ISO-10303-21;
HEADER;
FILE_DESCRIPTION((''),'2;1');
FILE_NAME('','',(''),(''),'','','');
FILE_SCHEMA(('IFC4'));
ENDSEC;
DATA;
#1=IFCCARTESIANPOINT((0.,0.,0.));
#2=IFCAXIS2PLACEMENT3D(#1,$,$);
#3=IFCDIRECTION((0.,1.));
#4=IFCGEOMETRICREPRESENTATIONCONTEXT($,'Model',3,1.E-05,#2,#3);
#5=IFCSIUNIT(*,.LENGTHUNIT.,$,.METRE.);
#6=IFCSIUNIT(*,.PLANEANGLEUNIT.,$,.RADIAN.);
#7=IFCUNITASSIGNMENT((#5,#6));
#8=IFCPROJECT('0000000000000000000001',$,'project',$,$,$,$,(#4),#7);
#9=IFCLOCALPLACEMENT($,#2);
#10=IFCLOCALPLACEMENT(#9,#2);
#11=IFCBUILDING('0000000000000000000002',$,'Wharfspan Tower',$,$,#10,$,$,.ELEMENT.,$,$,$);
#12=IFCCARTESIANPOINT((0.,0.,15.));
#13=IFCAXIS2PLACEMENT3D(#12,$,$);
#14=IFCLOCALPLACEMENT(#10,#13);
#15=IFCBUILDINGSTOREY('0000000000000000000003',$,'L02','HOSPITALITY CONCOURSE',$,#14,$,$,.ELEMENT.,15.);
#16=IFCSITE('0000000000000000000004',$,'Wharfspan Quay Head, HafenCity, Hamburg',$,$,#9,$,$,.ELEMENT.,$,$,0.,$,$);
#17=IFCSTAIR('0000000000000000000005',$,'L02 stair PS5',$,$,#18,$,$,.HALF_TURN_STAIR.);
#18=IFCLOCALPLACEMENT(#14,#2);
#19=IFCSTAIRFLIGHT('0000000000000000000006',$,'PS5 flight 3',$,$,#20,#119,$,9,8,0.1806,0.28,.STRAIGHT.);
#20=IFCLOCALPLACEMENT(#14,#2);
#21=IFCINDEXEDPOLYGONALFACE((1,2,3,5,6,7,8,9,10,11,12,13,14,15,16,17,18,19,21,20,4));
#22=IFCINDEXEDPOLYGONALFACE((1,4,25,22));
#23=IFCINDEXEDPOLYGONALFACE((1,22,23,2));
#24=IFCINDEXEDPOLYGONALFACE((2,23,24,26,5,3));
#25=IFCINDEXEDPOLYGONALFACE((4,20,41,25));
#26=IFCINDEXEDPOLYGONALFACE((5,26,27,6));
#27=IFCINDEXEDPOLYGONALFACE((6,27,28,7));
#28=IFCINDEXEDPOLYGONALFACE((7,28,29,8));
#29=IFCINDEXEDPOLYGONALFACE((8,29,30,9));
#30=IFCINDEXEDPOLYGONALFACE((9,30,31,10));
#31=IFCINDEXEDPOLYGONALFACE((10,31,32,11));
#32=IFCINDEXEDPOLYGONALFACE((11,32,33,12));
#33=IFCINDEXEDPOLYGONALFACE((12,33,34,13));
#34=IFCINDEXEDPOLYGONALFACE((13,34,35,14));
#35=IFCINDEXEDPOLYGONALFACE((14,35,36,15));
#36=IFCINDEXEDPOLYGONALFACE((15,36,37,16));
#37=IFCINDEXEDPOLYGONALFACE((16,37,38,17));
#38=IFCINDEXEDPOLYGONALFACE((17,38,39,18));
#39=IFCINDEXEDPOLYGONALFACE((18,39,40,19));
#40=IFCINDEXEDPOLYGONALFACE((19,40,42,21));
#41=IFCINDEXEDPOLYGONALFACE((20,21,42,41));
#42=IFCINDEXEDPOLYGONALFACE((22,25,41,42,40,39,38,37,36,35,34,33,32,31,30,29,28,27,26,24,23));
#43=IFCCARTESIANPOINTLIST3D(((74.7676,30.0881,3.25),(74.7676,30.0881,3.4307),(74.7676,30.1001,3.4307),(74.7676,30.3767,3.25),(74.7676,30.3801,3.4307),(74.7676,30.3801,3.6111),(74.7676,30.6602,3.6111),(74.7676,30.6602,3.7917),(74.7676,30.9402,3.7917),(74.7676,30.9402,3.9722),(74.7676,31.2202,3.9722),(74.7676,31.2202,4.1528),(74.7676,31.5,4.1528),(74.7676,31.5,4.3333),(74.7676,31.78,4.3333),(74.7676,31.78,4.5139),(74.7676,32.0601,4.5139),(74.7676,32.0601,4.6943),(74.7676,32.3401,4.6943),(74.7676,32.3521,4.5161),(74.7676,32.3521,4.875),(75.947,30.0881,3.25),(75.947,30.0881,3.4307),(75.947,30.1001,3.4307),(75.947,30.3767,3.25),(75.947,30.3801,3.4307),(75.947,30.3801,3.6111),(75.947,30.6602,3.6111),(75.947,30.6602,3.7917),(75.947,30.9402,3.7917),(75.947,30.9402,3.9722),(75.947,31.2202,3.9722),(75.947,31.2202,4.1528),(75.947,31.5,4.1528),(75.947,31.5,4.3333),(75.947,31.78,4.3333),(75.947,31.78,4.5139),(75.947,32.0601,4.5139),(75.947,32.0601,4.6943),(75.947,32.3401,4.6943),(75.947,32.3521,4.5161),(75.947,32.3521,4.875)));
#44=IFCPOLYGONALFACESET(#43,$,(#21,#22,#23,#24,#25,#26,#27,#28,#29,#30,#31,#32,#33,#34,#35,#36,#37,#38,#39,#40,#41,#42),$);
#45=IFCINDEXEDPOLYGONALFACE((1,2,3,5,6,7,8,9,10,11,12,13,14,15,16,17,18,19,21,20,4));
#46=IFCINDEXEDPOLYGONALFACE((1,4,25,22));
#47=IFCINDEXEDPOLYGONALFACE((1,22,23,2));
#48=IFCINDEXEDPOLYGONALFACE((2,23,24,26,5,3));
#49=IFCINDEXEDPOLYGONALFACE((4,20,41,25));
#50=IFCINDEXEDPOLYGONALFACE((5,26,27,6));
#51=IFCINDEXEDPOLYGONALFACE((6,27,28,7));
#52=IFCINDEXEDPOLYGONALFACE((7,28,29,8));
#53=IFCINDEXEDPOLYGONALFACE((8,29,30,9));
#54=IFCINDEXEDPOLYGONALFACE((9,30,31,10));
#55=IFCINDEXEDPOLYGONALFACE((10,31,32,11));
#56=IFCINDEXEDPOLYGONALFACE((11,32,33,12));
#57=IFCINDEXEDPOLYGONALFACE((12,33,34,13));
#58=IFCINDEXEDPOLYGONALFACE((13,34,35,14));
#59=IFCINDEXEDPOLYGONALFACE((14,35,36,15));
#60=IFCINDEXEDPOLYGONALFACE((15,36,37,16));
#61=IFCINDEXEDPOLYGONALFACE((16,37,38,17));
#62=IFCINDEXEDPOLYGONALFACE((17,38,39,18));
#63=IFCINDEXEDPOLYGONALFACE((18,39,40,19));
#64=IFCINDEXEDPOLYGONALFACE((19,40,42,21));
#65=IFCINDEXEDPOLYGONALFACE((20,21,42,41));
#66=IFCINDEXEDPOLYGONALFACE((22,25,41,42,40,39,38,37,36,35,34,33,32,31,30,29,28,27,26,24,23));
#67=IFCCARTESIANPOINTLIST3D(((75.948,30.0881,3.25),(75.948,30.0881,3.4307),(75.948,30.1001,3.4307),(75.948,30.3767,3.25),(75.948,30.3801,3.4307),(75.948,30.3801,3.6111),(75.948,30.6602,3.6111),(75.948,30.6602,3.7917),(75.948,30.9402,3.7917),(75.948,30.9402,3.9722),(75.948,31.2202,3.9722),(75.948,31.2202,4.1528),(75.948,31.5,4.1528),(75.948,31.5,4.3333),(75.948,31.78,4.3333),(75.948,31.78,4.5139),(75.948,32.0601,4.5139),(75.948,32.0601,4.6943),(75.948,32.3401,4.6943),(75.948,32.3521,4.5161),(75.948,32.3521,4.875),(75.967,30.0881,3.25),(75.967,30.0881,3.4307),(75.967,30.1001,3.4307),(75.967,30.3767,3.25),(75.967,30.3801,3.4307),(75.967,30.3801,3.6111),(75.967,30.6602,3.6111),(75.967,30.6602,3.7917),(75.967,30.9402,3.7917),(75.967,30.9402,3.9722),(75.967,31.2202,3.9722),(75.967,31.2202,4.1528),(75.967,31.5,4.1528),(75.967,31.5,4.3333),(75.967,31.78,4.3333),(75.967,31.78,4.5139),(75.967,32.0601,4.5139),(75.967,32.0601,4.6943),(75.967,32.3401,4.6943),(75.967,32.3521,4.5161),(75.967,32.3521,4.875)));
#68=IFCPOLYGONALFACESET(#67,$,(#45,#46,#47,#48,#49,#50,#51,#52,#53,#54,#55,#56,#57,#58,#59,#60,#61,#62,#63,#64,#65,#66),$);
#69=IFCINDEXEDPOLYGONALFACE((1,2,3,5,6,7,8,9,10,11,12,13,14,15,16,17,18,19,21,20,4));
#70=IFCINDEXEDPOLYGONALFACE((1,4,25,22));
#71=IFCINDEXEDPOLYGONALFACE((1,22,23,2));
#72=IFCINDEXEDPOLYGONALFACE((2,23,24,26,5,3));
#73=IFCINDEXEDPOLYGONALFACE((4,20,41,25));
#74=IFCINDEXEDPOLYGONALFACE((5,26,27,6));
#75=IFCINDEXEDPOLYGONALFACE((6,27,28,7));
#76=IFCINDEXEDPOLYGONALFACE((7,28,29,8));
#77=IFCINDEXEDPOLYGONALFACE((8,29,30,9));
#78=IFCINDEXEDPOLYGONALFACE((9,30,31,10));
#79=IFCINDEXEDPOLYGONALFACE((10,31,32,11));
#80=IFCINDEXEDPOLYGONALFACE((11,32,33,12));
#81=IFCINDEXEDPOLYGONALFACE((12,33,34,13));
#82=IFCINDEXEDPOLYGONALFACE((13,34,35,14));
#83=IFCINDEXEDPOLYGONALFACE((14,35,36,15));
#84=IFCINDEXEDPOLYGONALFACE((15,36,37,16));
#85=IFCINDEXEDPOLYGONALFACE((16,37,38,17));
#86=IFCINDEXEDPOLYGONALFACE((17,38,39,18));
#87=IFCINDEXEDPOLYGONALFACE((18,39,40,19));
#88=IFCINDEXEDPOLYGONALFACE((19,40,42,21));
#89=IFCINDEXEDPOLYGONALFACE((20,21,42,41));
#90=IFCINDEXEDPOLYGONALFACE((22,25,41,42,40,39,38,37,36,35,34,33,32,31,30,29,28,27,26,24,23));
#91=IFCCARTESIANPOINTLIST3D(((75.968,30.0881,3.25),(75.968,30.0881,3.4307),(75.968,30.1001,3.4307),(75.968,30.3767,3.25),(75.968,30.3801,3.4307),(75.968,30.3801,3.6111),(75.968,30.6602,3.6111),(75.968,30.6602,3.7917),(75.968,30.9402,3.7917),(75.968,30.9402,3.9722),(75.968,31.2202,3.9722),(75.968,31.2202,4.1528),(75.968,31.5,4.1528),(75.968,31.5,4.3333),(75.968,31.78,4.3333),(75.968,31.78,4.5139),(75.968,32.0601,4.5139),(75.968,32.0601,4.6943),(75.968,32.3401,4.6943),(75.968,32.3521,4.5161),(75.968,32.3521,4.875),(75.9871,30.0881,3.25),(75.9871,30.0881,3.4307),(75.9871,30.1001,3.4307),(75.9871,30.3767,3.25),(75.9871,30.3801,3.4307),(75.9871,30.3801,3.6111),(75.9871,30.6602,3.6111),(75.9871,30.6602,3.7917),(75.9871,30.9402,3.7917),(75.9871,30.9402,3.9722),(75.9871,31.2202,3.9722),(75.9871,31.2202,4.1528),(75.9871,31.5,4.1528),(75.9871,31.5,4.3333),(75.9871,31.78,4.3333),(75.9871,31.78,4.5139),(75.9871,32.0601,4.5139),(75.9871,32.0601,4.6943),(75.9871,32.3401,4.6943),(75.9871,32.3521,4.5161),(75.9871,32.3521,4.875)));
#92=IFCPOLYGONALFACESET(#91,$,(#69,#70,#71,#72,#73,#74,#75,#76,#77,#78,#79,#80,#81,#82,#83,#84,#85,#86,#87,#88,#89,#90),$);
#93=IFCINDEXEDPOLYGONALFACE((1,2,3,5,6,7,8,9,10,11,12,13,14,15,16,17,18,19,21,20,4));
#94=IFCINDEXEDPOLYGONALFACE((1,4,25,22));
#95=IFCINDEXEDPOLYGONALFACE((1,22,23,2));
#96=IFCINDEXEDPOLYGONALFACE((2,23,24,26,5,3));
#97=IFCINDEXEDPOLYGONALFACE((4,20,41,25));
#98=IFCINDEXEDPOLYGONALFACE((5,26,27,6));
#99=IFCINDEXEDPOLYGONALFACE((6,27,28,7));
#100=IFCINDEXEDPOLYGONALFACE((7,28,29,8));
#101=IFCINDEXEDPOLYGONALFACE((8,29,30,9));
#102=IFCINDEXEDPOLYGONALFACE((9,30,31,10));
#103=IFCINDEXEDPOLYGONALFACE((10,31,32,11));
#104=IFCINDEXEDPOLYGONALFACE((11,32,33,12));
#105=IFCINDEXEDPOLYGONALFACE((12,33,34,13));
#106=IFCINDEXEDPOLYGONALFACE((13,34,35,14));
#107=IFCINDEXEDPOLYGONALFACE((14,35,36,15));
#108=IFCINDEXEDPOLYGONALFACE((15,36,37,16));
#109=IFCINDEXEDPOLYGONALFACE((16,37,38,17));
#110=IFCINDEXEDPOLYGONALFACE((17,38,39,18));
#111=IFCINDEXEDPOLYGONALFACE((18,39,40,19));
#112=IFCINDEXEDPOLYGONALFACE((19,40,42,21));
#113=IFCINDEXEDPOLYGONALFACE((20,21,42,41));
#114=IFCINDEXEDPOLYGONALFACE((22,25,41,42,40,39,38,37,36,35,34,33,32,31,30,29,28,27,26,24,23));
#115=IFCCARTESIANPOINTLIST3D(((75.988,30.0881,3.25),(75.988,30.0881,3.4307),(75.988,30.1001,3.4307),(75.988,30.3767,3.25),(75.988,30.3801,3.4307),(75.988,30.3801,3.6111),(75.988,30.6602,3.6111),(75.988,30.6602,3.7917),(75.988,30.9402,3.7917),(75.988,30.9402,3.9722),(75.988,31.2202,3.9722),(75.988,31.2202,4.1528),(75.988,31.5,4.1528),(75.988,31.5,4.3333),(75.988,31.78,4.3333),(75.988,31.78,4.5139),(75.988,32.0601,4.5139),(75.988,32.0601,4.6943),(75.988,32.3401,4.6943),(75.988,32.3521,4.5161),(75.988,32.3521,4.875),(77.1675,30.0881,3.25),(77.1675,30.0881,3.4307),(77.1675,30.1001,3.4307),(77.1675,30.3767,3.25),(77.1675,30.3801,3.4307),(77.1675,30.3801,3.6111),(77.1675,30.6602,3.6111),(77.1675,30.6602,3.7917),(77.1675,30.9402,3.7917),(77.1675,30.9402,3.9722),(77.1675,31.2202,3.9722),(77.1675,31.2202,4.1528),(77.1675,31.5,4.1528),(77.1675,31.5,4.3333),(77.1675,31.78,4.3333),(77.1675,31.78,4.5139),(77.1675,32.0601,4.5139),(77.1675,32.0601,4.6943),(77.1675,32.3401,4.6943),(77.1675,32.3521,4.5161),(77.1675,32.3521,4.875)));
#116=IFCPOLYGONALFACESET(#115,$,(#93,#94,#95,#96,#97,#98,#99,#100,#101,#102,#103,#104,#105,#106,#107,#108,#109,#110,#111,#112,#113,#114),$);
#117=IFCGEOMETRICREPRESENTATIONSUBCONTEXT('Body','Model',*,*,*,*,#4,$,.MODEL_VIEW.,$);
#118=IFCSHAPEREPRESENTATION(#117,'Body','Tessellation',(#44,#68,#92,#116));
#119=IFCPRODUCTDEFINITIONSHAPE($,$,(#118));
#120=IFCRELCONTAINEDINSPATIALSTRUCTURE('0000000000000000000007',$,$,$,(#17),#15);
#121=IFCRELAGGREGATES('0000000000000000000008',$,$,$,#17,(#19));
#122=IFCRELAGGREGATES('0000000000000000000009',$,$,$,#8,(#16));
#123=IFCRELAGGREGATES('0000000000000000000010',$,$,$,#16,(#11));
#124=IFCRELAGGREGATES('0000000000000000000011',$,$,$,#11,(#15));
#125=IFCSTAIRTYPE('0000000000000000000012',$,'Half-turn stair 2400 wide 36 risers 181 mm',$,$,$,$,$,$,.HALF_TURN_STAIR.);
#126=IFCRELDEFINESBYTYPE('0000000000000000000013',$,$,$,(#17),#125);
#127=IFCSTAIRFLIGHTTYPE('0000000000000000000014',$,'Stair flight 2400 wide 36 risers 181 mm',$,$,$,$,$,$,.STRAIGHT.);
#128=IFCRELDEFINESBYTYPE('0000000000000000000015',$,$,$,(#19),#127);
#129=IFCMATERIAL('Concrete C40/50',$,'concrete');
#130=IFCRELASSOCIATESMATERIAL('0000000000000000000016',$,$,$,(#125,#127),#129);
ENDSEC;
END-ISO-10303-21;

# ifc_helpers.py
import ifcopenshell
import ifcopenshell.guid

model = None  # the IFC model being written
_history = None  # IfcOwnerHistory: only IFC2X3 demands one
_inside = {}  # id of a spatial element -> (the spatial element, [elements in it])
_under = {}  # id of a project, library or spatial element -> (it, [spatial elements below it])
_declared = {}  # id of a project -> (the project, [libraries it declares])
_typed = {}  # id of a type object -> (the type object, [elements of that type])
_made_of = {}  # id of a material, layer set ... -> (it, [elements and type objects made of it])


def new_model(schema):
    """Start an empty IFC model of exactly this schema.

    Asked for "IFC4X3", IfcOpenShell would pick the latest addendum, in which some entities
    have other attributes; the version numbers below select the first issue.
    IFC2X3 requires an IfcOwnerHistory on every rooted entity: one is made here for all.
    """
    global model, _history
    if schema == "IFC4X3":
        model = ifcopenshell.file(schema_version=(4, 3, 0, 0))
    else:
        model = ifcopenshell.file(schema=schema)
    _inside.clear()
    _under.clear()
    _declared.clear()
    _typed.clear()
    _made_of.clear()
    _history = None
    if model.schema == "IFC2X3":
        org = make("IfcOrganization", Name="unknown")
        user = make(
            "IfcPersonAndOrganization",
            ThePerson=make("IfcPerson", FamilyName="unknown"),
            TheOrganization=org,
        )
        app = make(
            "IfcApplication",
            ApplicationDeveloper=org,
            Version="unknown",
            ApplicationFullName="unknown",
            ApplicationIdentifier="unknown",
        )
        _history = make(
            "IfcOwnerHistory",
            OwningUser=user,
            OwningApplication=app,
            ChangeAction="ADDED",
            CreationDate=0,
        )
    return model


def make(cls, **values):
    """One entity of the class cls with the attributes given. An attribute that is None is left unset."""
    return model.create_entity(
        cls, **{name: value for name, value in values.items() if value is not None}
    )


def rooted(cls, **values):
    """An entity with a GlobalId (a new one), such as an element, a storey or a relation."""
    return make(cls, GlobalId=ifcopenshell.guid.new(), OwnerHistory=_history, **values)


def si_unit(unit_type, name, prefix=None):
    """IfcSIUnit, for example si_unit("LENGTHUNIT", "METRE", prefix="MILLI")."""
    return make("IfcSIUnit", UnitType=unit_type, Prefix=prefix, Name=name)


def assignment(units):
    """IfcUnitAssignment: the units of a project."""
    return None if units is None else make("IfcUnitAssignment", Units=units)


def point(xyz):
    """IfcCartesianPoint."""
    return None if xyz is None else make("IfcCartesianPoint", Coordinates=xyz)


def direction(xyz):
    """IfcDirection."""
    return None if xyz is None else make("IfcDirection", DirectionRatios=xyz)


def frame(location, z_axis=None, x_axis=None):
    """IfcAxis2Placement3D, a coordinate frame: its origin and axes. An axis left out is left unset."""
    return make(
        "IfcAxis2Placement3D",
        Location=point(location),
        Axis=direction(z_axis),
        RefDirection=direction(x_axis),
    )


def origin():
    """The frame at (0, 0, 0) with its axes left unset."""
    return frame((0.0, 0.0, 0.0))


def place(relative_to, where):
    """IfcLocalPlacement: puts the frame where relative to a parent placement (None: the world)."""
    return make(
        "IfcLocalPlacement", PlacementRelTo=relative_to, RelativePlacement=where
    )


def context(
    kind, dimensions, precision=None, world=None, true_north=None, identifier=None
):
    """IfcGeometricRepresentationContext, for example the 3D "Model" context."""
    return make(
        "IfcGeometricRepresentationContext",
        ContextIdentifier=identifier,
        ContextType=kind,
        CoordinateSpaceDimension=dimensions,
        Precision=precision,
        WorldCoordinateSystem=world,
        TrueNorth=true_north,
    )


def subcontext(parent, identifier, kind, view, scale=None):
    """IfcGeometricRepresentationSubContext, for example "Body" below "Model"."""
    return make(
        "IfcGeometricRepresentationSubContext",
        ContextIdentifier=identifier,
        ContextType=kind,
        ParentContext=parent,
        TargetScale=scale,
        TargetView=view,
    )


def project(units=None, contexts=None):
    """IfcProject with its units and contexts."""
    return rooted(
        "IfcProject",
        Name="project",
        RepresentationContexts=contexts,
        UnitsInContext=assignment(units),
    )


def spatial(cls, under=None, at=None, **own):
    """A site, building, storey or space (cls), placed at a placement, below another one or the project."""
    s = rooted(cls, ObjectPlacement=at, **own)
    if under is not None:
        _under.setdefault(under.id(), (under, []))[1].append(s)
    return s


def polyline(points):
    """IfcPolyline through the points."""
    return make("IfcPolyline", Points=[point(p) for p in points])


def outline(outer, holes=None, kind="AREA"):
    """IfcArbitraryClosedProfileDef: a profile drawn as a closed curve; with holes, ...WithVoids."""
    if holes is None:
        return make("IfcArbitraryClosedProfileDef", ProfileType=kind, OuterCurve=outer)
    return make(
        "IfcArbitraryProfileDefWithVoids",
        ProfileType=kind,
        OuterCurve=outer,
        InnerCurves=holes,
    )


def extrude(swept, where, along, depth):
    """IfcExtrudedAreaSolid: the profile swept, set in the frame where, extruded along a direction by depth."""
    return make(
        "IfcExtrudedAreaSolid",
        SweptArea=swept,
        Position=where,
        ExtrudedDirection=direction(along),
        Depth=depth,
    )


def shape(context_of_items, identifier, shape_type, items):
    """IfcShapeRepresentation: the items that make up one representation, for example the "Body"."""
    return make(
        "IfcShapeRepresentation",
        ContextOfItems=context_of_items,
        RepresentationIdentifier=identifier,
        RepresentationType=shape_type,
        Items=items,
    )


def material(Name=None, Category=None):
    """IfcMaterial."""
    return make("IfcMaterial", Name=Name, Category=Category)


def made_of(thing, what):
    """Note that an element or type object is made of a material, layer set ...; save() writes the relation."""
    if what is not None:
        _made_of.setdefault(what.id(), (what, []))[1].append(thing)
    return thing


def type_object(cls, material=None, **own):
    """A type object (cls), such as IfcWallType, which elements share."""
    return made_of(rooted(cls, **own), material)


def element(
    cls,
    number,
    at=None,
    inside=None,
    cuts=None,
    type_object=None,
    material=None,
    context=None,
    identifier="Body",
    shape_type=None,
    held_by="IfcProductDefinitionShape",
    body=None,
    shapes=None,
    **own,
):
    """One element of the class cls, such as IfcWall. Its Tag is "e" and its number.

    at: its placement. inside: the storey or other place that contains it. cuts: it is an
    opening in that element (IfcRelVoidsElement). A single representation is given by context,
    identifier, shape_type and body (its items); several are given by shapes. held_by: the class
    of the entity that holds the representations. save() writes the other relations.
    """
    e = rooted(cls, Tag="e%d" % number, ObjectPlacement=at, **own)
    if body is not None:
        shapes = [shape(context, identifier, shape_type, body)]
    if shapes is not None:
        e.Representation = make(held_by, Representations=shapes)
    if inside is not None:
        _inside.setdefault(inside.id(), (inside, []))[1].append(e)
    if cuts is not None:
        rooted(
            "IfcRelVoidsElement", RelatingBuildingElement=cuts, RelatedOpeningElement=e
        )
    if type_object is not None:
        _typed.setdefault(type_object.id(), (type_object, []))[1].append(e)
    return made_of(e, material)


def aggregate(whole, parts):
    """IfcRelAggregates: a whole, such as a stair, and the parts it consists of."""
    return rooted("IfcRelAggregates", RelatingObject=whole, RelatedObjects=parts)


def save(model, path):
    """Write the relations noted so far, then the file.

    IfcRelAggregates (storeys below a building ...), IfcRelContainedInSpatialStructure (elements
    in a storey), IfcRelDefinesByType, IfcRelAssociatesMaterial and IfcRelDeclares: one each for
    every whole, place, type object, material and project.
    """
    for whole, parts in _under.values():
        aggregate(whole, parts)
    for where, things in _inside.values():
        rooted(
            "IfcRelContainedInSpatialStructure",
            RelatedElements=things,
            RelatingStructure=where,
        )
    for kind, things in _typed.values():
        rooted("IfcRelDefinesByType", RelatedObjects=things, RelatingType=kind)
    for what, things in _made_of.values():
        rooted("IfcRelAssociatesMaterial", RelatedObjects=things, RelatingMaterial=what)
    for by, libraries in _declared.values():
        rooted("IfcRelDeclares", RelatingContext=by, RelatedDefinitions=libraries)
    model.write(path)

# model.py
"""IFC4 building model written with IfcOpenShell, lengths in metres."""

from ifc_helpers import new_model, si_unit, direction, frame, origin, place, context, subcontext, project, spatial, polyline, outline, extrude, material, type_object, element, aggregate, save


model = new_model("IFC4")

# Units and contexts
model_context = context("Model", 3, precision=1e-05, world=origin(), true_north=direction((0.0, 1.0)))
body_context = subcontext(model_context, "Body", "Model", "MODEL_VIEW")
ifc_project = project(units=[si_unit("LENGTHUNIT", "METRE"), si_unit("PLANEANGLEUNIT", "RADIAN")], contexts=[model_context])

# Site, building, storey
site_placement = place(None, origin())
site = spatial("IfcSite", under=ifc_project, at=site_placement, Name="Wharfspan Quay Head, HafenCity, Hamburg", CompositionType="ELEMENT", RefElevation=0.0)
building_placement = place(site_placement, origin())
building = spatial("IfcBuilding", under=site, at=building_placement, Name="Wharfspan Tower", CompositionType="ELEMENT")
storey_placement = place(building_placement, frame((0.0, 0.0, 15.0)))
storey = spatial("IfcBuildingStorey", under=building, at=storey_placement, Name="L02", Description="HOSPITALITY CONCOURSE", CompositionType="ELEMENT", Elevation=15.0)

# Shared definitions
ifc_material_1 = material(Name="Concrete C40/50", Category="concrete")

# Stair, stair flight
stair_type = type_object("IfcStairType", Name="Half-turn stair 2400 wide 36 risers 181 mm", PredefinedType="HALF_TURN_STAIR", material=ifc_material_1)
stair_placement = place(storey_placement, origin())
stair = element("IfcStair", 1, at=stair_placement, inside=storey, type_object=stair_type, Name="L02 stair PS5", PredefinedType="HALF_TURN_STAIR")
stair_flight_type = type_object("IfcStairFlightType", Name="Stair flight 2400 wide 36 risers 181 mm", PredefinedType="STRAIGHT", material=ifc_material_1)
stair_flight_1_placement = place(storey_placement, frame((75.9675, 30.1001, 3.25), z_axis=(0.0, 0.0, 1.0), x_axis=(0.0, 1.0, 0.0)))
stair_flight_1 = element("IfcStairFlight", 2, at=stair_flight_1_placement, type_object=stair_flight_type, Name="PS5 flight 3", NumberOfRisers=9, NumberOfTreads=8, PredefinedType="STRAIGHT", RiserHeight=0.1806, TreadLength=0.28, context=body_context, shape_type="SweptSolid", body=[
    extrude(outline(polyline([(-0.012, 0.0), (-0.012, 0.1807), (0.0, 0.1807), (0.28, 0.1807), (0.28, 0.3611), (0.5601, 0.3611), (0.5601, 0.5417), (0.8401, 0.5417), (0.8401, 0.7222), (1.1201, 0.7222), (1.1201, 0.9028), (1.3999, 0.9028), (1.3999, 1.0833), (1.6799, 1.0833), (1.6799, 1.2639), (1.96, 1.2639), (1.96, 1.4443), (2.24, 1.4443), (2.252, 1.625), (2.252, 1.2661), (0.2766, 0.0), (-0.012, 0.0)])), frame((0.0, 1.2, 0.0), z_axis=(0.0, -1.0, 0.0), x_axis=(1.0, 0.0, 0.0)), (0.0, 0.0, 1.0), 1.1794),
    extrude(outline(polyline([(-0.012, 0.0), (-0.012, 0.1807), (0.0, 0.1807), (0.28, 0.1807), (0.28, 0.3611), (0.5601, 0.3611), (0.5601, 0.5417), (0.8401, 0.5417), (0.8401, 0.7222), (1.1201, 0.7222), (1.1201, 0.9028), (1.3999, 0.9028), (1.3999, 1.0833), (1.6799, 1.0833), (1.6799, 1.2639), (1.96, 1.2639), (1.96, 1.4443), (2.24, 1.4443), (2.252, 1.625), (2.252, 1.2661), (0.2766, 0.0), (-0.012, 0.0)])), frame((0.0, 0.0195, 0.0), z_axis=(0.0, -1.0, 0.0), x_axis=(1.0, 0.0, 0.0)), (0.0, 0.0, 1.0), 0.019),
    extrude(outline(polyline([(-0.012, 0.0), (-0.012, 0.1807), (0.0, 0.1807), (0.28, 0.1807), (0.28, 0.3611), (0.5601, 0.3611), (0.5601, 0.5417), (0.8401, 0.5417), (0.8401, 0.7222), (1.1201, 0.7222), (1.1201, 0.9028), (1.3999, 0.9028), (1.3999, 1.0833), (1.6799, 1.0833), (1.6799, 1.2639), (1.96, 1.2639), (1.96, 1.4443), (2.24, 1.4443), (2.252, 1.625), (2.252, 1.2661), (0.2766, 0.0), (-0.012, 0.0)])), frame((0.0, -0.0005, 0.0), z_axis=(0.0, -1.0, 0.0), x_axis=(1.0, 0.0, 0.0)), (0.0, 0.0, 1.0), 0.019),
    extrude(outline(polyline([(-0.012, 0.0), (-0.012, 0.1807), (0.0, 0.1807), (0.28, 0.1807), (0.28, 0.3611), (0.5601, 0.3611), (0.5601, 0.5417), (0.8401, 0.5417), (0.8401, 0.7222), (1.1201, 0.7222), (1.1201, 0.9028), (1.3999, 0.9028), (1.3999, 1.0833), (1.6799, 1.0833), (1.6799, 1.2639), (1.96, 1.2639), (1.96, 1.4443), (2.24, 1.4443), (2.252, 1.625), (2.252, 1.2661), (0.2766, 0.0), (-0.012, 0.0)])), frame((0.0, -0.0205, 0.0), z_axis=(0.0, -1.0, 0.0), x_axis=(1.0, 0.0, 0.0)), (0.0, 0.0, 1.0), 1.1794),
])
aggregate(stair, [stair_flight_1])

save(model, "model.ifc")
